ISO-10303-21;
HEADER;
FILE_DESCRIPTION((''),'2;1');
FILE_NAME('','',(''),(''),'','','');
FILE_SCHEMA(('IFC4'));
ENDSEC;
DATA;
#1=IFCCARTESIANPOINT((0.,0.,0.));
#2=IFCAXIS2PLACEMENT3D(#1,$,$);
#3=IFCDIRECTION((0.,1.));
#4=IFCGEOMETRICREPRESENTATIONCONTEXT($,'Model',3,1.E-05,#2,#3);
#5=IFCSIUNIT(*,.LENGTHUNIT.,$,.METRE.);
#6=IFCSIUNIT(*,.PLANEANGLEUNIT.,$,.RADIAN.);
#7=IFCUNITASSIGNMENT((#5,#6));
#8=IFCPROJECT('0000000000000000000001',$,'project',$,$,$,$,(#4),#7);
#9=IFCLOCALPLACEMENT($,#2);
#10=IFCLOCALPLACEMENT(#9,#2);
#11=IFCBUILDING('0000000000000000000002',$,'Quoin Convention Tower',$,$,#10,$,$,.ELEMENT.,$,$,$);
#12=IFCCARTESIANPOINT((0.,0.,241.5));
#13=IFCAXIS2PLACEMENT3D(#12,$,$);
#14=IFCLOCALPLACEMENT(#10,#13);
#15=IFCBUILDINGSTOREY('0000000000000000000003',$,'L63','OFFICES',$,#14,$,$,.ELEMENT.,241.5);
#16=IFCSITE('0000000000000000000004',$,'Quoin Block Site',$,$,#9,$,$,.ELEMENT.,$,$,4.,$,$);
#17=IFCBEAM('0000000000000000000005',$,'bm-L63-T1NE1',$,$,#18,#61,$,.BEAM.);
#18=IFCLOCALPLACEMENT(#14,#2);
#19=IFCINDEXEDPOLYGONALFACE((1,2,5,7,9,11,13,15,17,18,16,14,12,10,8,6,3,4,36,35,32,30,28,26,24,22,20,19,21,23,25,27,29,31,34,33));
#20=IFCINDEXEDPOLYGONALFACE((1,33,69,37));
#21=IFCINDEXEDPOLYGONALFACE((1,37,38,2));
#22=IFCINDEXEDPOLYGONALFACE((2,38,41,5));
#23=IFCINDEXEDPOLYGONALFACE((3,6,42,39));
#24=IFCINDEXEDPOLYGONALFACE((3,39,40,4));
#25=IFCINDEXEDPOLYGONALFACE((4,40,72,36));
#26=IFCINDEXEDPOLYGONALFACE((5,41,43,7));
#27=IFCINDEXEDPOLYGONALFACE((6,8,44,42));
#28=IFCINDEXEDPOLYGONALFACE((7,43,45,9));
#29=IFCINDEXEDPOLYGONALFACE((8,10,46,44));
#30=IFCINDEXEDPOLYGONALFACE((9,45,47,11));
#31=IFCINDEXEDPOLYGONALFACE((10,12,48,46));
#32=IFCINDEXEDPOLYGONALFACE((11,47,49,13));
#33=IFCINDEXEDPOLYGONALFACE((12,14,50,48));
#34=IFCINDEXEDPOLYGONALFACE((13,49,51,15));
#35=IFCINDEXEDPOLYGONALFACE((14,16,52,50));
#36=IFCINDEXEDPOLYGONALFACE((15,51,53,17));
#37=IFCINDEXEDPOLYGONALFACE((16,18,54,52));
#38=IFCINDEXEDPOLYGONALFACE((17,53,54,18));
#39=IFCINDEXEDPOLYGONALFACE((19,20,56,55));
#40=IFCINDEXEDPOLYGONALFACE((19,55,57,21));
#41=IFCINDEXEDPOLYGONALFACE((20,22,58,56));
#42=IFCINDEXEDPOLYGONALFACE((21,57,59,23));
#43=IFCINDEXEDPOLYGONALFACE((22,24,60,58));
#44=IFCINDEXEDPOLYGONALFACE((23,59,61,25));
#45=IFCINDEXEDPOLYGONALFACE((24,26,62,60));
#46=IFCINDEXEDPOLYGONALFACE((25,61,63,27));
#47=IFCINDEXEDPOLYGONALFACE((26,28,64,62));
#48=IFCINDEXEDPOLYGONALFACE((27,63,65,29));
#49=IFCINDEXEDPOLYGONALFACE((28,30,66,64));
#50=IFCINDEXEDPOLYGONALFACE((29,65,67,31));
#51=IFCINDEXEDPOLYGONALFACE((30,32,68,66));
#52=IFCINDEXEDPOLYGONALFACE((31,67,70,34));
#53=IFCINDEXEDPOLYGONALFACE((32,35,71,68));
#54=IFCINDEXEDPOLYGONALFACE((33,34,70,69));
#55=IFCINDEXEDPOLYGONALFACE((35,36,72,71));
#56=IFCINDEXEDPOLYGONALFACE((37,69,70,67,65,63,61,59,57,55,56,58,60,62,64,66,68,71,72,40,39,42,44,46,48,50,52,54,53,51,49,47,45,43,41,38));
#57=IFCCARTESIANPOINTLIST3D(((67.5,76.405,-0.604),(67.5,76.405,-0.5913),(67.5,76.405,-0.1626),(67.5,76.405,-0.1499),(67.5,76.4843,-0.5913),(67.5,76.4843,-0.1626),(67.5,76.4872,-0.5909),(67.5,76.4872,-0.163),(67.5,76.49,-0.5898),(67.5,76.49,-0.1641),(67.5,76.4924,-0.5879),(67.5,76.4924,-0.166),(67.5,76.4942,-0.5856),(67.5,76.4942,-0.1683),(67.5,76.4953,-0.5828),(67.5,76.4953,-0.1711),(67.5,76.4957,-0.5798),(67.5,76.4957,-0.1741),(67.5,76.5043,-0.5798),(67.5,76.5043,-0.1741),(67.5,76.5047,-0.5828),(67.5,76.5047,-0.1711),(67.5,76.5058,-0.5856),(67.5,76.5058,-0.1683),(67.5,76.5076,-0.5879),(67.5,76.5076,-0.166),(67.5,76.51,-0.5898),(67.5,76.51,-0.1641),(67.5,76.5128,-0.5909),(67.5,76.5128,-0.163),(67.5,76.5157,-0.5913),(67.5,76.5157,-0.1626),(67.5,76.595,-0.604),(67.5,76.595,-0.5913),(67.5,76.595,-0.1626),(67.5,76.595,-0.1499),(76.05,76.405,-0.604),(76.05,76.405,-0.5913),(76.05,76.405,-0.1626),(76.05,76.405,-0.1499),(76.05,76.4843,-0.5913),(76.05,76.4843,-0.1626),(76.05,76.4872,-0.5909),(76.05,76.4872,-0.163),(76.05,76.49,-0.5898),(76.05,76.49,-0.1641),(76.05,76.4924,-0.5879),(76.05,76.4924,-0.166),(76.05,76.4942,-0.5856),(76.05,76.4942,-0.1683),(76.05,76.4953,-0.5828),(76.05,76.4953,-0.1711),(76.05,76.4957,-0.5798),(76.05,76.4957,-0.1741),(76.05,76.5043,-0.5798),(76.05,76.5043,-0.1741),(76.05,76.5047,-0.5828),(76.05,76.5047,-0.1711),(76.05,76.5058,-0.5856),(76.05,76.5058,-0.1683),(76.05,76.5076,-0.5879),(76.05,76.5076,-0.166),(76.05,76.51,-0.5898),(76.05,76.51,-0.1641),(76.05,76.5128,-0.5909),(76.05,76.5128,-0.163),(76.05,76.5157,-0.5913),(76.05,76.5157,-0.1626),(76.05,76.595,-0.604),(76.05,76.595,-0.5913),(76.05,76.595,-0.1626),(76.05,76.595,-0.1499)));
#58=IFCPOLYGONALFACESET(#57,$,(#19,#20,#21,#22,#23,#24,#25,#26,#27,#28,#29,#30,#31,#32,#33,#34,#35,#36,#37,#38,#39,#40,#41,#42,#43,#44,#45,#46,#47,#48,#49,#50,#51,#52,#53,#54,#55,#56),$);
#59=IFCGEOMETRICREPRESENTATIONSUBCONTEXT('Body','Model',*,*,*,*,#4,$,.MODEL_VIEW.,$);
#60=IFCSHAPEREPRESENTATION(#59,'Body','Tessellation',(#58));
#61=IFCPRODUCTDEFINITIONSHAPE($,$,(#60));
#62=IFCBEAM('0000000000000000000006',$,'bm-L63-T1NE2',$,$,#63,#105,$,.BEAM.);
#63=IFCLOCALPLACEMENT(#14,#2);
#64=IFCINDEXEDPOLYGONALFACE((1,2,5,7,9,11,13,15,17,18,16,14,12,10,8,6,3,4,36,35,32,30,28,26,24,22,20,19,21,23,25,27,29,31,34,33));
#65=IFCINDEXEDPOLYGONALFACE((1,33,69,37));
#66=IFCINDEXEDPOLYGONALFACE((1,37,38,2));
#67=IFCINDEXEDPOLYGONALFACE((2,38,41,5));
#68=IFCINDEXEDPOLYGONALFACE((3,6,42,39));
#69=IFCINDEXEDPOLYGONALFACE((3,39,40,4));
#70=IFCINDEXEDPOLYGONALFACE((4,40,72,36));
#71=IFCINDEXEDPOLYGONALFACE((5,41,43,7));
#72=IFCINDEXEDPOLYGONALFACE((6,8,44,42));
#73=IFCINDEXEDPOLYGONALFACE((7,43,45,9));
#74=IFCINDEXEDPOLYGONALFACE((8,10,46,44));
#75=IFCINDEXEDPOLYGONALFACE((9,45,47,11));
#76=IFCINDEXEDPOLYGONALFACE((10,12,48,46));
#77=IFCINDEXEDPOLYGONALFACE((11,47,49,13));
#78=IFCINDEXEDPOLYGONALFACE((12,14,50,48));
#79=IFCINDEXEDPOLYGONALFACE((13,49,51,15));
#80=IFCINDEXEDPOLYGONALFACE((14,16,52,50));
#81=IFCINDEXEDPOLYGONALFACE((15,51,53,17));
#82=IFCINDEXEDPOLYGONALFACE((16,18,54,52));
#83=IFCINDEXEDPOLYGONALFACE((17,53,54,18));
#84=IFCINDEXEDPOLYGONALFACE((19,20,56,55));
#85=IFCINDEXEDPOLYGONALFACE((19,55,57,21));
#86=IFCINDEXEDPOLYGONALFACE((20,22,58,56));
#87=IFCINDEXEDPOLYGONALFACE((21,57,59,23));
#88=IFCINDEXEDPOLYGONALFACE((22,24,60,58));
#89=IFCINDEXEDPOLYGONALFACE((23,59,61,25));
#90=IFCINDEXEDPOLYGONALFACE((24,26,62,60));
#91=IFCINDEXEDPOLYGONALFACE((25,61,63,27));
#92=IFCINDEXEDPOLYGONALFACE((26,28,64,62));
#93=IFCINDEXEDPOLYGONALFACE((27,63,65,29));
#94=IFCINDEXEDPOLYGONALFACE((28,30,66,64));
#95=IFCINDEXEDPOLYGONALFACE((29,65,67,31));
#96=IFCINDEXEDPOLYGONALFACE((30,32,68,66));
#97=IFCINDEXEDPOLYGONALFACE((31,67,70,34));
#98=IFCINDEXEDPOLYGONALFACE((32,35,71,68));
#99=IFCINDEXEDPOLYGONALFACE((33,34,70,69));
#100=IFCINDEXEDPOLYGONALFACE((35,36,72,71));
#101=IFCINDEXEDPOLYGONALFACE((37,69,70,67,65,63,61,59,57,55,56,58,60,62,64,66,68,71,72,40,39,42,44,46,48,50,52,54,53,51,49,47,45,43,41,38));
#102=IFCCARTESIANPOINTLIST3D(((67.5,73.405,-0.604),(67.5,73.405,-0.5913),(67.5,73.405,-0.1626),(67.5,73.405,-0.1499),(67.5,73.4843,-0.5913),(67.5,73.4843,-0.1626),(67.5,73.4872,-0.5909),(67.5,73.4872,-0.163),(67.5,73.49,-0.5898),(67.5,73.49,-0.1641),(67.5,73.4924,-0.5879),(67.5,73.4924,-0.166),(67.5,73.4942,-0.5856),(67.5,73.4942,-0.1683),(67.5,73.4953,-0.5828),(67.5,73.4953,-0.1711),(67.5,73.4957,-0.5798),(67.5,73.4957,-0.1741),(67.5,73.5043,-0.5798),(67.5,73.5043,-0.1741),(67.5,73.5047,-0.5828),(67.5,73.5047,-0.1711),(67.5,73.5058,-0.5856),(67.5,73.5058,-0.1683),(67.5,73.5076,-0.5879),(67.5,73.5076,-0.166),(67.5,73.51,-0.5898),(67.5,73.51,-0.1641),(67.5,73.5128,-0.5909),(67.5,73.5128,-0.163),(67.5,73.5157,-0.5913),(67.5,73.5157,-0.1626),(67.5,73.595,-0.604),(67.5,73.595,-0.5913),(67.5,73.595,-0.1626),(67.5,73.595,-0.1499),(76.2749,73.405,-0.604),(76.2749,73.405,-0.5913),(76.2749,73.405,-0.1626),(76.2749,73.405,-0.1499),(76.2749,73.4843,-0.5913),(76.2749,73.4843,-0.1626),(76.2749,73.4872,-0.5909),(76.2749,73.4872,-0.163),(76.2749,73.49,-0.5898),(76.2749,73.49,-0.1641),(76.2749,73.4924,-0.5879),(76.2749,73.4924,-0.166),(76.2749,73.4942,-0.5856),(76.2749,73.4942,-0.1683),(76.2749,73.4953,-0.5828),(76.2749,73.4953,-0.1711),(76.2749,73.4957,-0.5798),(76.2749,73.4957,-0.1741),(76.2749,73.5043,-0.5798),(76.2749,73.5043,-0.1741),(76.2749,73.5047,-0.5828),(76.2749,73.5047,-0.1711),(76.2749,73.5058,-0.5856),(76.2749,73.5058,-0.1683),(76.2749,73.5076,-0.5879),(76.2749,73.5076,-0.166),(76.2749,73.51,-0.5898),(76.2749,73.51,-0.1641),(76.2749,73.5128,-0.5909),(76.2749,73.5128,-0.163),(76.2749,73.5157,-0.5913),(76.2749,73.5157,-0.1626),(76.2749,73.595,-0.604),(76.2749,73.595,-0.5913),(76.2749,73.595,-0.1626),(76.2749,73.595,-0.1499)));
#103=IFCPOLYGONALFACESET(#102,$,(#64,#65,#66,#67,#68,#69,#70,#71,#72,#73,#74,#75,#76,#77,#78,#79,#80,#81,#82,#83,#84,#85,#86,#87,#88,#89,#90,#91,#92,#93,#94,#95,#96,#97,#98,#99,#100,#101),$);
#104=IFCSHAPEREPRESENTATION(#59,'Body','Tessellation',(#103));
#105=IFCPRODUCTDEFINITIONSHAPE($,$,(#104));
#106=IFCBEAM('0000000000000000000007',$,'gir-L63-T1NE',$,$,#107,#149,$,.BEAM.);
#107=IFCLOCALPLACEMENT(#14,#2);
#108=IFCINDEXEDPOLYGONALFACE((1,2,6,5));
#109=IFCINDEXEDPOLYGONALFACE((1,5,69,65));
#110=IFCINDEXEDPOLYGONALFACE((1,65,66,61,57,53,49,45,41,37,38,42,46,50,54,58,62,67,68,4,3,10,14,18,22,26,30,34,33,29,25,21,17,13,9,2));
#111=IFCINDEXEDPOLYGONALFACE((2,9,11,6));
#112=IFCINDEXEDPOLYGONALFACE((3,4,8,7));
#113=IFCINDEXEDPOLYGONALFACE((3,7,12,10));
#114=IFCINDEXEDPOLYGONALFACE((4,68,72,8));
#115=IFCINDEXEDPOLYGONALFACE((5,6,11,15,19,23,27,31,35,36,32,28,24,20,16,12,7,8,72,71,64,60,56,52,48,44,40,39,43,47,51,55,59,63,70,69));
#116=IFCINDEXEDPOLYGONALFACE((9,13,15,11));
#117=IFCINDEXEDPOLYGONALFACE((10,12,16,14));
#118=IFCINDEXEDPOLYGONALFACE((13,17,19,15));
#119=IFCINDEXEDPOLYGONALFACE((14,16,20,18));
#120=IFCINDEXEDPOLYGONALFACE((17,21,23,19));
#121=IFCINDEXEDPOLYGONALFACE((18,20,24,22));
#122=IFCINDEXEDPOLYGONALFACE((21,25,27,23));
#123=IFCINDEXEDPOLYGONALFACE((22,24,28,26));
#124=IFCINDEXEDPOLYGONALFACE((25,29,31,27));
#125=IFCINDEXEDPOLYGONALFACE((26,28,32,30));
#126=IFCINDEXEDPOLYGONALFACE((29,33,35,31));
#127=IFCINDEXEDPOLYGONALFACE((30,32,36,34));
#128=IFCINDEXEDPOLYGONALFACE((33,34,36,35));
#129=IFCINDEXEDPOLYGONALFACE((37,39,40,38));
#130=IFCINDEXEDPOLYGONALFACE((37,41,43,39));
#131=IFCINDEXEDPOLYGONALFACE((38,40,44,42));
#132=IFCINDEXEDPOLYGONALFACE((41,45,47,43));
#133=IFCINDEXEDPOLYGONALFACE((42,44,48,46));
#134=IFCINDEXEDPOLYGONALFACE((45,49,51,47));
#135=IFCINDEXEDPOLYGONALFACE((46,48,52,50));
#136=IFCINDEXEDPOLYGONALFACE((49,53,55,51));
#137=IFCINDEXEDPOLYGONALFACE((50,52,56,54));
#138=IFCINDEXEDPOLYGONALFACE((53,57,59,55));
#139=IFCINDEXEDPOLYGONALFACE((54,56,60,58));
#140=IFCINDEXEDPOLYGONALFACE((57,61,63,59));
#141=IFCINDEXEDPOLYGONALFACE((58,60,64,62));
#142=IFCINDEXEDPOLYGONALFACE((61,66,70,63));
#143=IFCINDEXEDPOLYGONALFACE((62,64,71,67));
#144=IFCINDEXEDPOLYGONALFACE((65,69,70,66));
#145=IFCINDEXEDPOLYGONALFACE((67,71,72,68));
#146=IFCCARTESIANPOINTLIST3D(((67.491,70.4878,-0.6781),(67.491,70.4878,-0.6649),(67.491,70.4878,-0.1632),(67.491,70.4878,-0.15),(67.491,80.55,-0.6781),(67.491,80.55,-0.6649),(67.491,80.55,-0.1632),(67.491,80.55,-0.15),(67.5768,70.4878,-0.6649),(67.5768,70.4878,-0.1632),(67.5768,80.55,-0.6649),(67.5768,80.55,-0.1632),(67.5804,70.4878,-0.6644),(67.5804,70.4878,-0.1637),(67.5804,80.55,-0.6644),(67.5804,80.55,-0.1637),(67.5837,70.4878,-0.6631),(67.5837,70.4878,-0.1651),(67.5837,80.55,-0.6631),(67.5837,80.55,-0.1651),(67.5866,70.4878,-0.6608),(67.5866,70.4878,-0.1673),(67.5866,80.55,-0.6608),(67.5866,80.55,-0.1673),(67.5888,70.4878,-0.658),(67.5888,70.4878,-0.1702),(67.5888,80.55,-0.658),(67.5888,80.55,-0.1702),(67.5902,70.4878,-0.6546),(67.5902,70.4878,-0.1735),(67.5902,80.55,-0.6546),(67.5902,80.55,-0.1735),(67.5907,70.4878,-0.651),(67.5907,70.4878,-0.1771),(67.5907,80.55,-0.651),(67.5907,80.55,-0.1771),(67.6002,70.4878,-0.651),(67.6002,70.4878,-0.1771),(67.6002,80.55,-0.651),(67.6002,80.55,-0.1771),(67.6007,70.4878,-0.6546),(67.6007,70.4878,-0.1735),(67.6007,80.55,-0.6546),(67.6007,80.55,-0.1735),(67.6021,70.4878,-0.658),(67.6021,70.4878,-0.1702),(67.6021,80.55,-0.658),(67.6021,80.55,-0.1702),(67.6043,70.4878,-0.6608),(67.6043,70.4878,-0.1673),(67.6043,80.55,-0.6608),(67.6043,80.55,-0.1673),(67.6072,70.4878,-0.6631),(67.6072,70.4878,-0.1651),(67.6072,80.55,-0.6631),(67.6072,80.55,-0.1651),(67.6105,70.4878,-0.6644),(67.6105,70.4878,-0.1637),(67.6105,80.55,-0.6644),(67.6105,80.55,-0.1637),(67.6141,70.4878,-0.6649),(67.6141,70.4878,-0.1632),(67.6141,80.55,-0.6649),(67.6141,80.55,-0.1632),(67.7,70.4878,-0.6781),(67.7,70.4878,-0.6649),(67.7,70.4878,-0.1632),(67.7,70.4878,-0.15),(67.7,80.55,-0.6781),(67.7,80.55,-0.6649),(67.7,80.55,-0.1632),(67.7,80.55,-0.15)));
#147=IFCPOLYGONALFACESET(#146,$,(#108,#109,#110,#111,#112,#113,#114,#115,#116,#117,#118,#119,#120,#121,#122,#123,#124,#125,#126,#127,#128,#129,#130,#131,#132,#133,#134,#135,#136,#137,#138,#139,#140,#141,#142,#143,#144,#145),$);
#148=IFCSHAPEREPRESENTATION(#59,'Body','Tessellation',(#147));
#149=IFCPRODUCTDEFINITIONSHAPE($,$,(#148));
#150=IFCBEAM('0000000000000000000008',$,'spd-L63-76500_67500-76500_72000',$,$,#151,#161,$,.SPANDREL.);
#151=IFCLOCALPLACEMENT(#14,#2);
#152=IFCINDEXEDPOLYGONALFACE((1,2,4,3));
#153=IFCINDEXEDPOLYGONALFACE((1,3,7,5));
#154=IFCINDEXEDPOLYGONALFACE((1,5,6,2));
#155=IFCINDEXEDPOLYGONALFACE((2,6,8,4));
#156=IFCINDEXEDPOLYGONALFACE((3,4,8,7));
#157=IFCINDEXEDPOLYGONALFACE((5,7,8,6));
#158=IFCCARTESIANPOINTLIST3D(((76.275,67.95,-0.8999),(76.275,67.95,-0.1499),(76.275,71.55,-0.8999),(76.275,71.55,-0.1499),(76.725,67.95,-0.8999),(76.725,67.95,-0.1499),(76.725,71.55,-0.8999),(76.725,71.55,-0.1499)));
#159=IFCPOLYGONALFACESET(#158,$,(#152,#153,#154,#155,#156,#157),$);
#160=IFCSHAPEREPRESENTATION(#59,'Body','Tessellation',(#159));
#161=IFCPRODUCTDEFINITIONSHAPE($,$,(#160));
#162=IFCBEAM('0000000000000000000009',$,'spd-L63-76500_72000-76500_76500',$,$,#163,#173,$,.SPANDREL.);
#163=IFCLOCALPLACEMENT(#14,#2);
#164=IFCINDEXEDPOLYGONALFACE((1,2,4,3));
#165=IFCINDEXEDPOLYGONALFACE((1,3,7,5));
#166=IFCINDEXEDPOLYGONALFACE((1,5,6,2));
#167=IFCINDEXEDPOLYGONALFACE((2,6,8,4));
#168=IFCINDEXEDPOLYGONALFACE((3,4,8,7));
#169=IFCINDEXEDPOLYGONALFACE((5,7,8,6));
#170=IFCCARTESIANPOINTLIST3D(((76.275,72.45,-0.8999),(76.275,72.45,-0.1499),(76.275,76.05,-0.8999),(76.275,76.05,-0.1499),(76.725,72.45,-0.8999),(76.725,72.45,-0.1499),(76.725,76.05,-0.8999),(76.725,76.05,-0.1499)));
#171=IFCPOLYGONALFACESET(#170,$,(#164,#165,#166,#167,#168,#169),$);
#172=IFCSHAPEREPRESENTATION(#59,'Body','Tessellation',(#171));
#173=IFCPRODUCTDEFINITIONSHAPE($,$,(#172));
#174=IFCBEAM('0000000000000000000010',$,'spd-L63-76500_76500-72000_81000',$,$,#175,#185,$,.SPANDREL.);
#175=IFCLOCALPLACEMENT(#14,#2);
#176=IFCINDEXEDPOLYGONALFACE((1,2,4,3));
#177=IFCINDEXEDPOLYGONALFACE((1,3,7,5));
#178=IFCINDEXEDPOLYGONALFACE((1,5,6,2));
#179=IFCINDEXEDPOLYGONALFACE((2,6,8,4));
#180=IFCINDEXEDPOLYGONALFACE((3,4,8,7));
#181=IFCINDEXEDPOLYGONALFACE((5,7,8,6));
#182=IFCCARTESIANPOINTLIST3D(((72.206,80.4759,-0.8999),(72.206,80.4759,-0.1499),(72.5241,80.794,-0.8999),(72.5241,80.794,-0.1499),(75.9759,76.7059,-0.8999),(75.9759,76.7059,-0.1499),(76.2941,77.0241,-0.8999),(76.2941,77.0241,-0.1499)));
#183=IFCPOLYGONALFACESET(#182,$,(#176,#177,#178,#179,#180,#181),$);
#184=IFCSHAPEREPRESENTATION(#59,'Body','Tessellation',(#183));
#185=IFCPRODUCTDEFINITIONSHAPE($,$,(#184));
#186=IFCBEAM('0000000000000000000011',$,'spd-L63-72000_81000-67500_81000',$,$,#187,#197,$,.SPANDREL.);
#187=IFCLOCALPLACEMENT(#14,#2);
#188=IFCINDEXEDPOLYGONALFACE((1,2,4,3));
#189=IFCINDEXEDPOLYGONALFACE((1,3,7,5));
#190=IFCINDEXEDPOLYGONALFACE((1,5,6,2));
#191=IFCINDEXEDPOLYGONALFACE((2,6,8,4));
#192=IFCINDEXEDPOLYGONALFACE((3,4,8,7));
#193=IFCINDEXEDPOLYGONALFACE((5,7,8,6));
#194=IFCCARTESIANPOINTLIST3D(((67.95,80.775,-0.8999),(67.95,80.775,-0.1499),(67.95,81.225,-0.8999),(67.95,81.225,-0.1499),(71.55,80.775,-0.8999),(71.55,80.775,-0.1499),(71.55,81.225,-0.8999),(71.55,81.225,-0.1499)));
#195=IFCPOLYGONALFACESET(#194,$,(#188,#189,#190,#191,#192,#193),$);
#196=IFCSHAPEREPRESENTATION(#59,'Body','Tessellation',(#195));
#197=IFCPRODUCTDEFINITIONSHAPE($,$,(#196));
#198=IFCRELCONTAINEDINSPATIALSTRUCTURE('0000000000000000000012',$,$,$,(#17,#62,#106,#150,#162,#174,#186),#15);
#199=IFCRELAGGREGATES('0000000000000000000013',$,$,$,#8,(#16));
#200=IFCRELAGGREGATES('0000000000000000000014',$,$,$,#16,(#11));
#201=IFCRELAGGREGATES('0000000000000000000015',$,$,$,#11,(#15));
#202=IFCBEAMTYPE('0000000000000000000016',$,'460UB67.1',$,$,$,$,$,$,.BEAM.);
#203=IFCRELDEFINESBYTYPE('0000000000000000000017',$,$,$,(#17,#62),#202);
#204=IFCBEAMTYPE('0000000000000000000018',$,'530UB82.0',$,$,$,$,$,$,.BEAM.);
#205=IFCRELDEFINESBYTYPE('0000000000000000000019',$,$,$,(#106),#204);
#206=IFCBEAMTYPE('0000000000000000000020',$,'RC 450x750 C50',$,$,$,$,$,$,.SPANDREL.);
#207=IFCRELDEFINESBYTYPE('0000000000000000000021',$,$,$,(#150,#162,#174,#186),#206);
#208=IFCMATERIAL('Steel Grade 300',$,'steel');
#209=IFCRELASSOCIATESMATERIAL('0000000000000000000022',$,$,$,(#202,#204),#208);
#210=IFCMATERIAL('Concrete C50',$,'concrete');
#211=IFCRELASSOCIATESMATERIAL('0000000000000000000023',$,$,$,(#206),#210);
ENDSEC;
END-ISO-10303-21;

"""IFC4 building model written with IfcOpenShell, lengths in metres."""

from ifc_helpers import new_model, si_unit, direction, frame, origin, origin_2d, place, context, subcontext, project, spatial, rectangle, i_section, extrude, material, material_profile, profile_set, type_object, element, save


model = new_model("IFC4")

# Units and contexts
model_context = context("Model", 3, precision=1e-05, world=origin(), true_north=direction((0.0, 1.0)))
body_context = subcontext(model_context, "Body", "Model", "MODEL_VIEW")
ifc_project = project(units=[si_unit("LENGTHUNIT", "METRE"), si_unit("PLANEANGLEUNIT", "RADIAN")], contexts=[model_context])

# Site, building, storey
site_placement = place(None, origin())
site = spatial("IfcSite", under=ifc_project, at=site_placement, Name="Quoin Block Site", CompositionType="ELEMENT", RefElevation=4.0)
building_placement = place(site_placement, origin())
building = spatial("IfcBuilding", under=site, at=building_placement, Name="Quoin Convention Tower", CompositionType="ELEMENT")
storey_placement = place(building_placement, frame((0.0, 0.0, 241.5)))
storey = spatial("IfcBuildingStorey", under=building, at=storey_placement, Name="L63", Description="OFFICES", CompositionType="ELEMENT", Elevation=241.5)

# Shared definitions
ifc_material_1 = material(Name="Concrete C50", Category="concrete")

# Beams
ifc_material_2 = material(Name="Steel Grade 300", Category="steel")
ifc_material_profile_1 = material_profile(ifc_material_2, i_section(OverallWidth=0.1899, OverallDepth=0.4541, WebThickness=0.0085, FlangeThickness=0.0127, FilletRadius=0.0115, at=origin_2d()), Name="460UB67.1")
ifc_profile_set_1 = profile_set([ifc_material_profile_1], Name="Steel Grade 300")
beam_type_1 = type_object("IfcBeamType", Name="460UB67.1", PredefinedType="BEAM", material=ifc_profile_set_1)
beam_1_placement = place(storey_placement, frame((67.5, 76.5, -0.377), z_axis=(1.0, 0.0, 0.0), x_axis=(0.0, 1.0, 0.0)))
element("IfcBeam", 1, at=beam_1_placement, inside=storey, type_object=beam_type_1, Name="bm-L63-T1NE1", PredefinedType="BEAM", context=body_context, shape_type="SweptSolid", body=[
    extrude(i_section(OverallWidth=0.1899, OverallDepth=0.4541, WebThickness=0.0085, FlangeThickness=0.0127, FilletRadius=0.0115, at=origin_2d()), origin(), (0.0, 0.0, 1.0), 8.55),
])
beam_2_placement = place(storey_placement, frame((67.5, 73.5, -0.377), z_axis=(1.0, 0.0, 0.0), x_axis=(0.0, 1.0, 0.0)))
element("IfcBeam", 2, at=beam_2_placement, inside=storey, type_object=beam_type_1, Name="bm-L63-T1NE2", PredefinedType="BEAM", context=body_context, shape_type="SweptSolid", body=[
    extrude(i_section(OverallWidth=0.1899, OverallDepth=0.4541, WebThickness=0.0085, FlangeThickness=0.0127, FilletRadius=0.0115, at=origin_2d()), origin(), (0.0, 0.0, 1.0), 8.7749),
])
ifc_material_profile_2 = material_profile(ifc_material_2, i_section(OverallWidth=0.209, OverallDepth=0.5281, WebThickness=0.0095, FlangeThickness=0.0132, FilletRadius=0.0139, at=origin_2d()), Name="530UB82.0")
ifc_profile_set_2 = profile_set([ifc_material_profile_2], Name="Steel Grade 300")
beam_type_2 = type_object("IfcBeamType", Name="530UB82.0", PredefinedType="BEAM", material=ifc_profile_set_2)
beam_3_placement = place(storey_placement, frame((67.5955, 80.55, -0.4141), z_axis=(0.0, -1.0, 0.0), x_axis=(1.0, 0.0, 0.0)))
element("IfcBeam", 3, at=beam_3_placement, inside=storey, type_object=beam_type_2, Name="gir-L63-T1NE", PredefinedType="BEAM", context=body_context, shape_type="SweptSolid", body=[
    extrude(i_section(OverallWidth=0.209, OverallDepth=0.5281, WebThickness=0.0095, FlangeThickness=0.0132, FilletRadius=0.0139, at=origin_2d()), origin(), (0.0, 0.0, 1.0), 10.0623),
])
ifc_material_profile_3 = material_profile(ifc_material_1, rectangle(XDim=0.45, YDim=0.75, at=origin_2d()), Name="RC 450x750")
ifc_profile_set_3 = profile_set([ifc_material_profile_3], Name="Concrete C50")
beam_type_3 = type_object("IfcBeamType", Name="RC 450x750 C50", PredefinedType="SPANDREL", material=ifc_profile_set_3)
for number, where, z_axis, x_axis, name in (
    (4, (76.5, 67.95, -0.5249), (0.0, 1.0, 0.0), (-1.0, 0.0, 0.0), "spd-L63-76500_67500-76500_72000"),
    (5, (76.5, 72.45, -0.5249), (0.0, 1.0, 0.0), (-1.0, 0.0, 0.0), "spd-L63-76500_72000-76500_76500"),
):
    element("IfcBeam", number, at=place(storey_placement, frame(where, z_axis=z_axis, x_axis=x_axis)), inside=storey, type_object=beam_type_3, Name=name, PredefinedType="SPANDREL", context=body_context, shape_type="SweptSolid", body=[
        extrude(rectangle(XDim=0.45, YDim=0.75, at=origin_2d()), origin(), (0.0, 0.0, 1.0), 3.6001),
    ])
beam_4_placement = place(storey_placement, frame((76.135, 76.865, -0.5249), z_axis=(-0.707107, 0.707107, 0.0), x_axis=(-0.707107, -0.707107, 0.0)))
element("IfcBeam", 6, at=beam_4_placement, inside=storey, type_object=beam_type_3, Name="spd-L63-76500_76500-72000_81000", PredefinedType="SPANDREL", context=body_context, shape_type="SweptSolid", body=[
    extrude(rectangle(XDim=0.45, YDim=0.75, at=origin_2d()), origin(), (0.0, 0.0, 1.0), 5.3315),
])
for number, where, z_axis, x_axis, name in (
    (7, (71.55, 81.0, -0.5249), (-1.0, 0.0, 0.0), (0.0, -1.0, 0.0), "spd-L63-72000_81000-67500_81000"),
):
    element("IfcBeam", number, at=place(storey_placement, frame(where, z_axis=z_axis, x_axis=x_axis)), inside=storey, type_object=beam_type_3, Name=name, PredefinedType="SPANDREL", context=body_context, shape_type="SweptSolid", body=[
        extrude(rectangle(XDim=0.45, YDim=0.75, at=origin_2d()), origin(), (0.0, 0.0, 1.0), 3.6001),
    ])

save(model, "model.ifc")
